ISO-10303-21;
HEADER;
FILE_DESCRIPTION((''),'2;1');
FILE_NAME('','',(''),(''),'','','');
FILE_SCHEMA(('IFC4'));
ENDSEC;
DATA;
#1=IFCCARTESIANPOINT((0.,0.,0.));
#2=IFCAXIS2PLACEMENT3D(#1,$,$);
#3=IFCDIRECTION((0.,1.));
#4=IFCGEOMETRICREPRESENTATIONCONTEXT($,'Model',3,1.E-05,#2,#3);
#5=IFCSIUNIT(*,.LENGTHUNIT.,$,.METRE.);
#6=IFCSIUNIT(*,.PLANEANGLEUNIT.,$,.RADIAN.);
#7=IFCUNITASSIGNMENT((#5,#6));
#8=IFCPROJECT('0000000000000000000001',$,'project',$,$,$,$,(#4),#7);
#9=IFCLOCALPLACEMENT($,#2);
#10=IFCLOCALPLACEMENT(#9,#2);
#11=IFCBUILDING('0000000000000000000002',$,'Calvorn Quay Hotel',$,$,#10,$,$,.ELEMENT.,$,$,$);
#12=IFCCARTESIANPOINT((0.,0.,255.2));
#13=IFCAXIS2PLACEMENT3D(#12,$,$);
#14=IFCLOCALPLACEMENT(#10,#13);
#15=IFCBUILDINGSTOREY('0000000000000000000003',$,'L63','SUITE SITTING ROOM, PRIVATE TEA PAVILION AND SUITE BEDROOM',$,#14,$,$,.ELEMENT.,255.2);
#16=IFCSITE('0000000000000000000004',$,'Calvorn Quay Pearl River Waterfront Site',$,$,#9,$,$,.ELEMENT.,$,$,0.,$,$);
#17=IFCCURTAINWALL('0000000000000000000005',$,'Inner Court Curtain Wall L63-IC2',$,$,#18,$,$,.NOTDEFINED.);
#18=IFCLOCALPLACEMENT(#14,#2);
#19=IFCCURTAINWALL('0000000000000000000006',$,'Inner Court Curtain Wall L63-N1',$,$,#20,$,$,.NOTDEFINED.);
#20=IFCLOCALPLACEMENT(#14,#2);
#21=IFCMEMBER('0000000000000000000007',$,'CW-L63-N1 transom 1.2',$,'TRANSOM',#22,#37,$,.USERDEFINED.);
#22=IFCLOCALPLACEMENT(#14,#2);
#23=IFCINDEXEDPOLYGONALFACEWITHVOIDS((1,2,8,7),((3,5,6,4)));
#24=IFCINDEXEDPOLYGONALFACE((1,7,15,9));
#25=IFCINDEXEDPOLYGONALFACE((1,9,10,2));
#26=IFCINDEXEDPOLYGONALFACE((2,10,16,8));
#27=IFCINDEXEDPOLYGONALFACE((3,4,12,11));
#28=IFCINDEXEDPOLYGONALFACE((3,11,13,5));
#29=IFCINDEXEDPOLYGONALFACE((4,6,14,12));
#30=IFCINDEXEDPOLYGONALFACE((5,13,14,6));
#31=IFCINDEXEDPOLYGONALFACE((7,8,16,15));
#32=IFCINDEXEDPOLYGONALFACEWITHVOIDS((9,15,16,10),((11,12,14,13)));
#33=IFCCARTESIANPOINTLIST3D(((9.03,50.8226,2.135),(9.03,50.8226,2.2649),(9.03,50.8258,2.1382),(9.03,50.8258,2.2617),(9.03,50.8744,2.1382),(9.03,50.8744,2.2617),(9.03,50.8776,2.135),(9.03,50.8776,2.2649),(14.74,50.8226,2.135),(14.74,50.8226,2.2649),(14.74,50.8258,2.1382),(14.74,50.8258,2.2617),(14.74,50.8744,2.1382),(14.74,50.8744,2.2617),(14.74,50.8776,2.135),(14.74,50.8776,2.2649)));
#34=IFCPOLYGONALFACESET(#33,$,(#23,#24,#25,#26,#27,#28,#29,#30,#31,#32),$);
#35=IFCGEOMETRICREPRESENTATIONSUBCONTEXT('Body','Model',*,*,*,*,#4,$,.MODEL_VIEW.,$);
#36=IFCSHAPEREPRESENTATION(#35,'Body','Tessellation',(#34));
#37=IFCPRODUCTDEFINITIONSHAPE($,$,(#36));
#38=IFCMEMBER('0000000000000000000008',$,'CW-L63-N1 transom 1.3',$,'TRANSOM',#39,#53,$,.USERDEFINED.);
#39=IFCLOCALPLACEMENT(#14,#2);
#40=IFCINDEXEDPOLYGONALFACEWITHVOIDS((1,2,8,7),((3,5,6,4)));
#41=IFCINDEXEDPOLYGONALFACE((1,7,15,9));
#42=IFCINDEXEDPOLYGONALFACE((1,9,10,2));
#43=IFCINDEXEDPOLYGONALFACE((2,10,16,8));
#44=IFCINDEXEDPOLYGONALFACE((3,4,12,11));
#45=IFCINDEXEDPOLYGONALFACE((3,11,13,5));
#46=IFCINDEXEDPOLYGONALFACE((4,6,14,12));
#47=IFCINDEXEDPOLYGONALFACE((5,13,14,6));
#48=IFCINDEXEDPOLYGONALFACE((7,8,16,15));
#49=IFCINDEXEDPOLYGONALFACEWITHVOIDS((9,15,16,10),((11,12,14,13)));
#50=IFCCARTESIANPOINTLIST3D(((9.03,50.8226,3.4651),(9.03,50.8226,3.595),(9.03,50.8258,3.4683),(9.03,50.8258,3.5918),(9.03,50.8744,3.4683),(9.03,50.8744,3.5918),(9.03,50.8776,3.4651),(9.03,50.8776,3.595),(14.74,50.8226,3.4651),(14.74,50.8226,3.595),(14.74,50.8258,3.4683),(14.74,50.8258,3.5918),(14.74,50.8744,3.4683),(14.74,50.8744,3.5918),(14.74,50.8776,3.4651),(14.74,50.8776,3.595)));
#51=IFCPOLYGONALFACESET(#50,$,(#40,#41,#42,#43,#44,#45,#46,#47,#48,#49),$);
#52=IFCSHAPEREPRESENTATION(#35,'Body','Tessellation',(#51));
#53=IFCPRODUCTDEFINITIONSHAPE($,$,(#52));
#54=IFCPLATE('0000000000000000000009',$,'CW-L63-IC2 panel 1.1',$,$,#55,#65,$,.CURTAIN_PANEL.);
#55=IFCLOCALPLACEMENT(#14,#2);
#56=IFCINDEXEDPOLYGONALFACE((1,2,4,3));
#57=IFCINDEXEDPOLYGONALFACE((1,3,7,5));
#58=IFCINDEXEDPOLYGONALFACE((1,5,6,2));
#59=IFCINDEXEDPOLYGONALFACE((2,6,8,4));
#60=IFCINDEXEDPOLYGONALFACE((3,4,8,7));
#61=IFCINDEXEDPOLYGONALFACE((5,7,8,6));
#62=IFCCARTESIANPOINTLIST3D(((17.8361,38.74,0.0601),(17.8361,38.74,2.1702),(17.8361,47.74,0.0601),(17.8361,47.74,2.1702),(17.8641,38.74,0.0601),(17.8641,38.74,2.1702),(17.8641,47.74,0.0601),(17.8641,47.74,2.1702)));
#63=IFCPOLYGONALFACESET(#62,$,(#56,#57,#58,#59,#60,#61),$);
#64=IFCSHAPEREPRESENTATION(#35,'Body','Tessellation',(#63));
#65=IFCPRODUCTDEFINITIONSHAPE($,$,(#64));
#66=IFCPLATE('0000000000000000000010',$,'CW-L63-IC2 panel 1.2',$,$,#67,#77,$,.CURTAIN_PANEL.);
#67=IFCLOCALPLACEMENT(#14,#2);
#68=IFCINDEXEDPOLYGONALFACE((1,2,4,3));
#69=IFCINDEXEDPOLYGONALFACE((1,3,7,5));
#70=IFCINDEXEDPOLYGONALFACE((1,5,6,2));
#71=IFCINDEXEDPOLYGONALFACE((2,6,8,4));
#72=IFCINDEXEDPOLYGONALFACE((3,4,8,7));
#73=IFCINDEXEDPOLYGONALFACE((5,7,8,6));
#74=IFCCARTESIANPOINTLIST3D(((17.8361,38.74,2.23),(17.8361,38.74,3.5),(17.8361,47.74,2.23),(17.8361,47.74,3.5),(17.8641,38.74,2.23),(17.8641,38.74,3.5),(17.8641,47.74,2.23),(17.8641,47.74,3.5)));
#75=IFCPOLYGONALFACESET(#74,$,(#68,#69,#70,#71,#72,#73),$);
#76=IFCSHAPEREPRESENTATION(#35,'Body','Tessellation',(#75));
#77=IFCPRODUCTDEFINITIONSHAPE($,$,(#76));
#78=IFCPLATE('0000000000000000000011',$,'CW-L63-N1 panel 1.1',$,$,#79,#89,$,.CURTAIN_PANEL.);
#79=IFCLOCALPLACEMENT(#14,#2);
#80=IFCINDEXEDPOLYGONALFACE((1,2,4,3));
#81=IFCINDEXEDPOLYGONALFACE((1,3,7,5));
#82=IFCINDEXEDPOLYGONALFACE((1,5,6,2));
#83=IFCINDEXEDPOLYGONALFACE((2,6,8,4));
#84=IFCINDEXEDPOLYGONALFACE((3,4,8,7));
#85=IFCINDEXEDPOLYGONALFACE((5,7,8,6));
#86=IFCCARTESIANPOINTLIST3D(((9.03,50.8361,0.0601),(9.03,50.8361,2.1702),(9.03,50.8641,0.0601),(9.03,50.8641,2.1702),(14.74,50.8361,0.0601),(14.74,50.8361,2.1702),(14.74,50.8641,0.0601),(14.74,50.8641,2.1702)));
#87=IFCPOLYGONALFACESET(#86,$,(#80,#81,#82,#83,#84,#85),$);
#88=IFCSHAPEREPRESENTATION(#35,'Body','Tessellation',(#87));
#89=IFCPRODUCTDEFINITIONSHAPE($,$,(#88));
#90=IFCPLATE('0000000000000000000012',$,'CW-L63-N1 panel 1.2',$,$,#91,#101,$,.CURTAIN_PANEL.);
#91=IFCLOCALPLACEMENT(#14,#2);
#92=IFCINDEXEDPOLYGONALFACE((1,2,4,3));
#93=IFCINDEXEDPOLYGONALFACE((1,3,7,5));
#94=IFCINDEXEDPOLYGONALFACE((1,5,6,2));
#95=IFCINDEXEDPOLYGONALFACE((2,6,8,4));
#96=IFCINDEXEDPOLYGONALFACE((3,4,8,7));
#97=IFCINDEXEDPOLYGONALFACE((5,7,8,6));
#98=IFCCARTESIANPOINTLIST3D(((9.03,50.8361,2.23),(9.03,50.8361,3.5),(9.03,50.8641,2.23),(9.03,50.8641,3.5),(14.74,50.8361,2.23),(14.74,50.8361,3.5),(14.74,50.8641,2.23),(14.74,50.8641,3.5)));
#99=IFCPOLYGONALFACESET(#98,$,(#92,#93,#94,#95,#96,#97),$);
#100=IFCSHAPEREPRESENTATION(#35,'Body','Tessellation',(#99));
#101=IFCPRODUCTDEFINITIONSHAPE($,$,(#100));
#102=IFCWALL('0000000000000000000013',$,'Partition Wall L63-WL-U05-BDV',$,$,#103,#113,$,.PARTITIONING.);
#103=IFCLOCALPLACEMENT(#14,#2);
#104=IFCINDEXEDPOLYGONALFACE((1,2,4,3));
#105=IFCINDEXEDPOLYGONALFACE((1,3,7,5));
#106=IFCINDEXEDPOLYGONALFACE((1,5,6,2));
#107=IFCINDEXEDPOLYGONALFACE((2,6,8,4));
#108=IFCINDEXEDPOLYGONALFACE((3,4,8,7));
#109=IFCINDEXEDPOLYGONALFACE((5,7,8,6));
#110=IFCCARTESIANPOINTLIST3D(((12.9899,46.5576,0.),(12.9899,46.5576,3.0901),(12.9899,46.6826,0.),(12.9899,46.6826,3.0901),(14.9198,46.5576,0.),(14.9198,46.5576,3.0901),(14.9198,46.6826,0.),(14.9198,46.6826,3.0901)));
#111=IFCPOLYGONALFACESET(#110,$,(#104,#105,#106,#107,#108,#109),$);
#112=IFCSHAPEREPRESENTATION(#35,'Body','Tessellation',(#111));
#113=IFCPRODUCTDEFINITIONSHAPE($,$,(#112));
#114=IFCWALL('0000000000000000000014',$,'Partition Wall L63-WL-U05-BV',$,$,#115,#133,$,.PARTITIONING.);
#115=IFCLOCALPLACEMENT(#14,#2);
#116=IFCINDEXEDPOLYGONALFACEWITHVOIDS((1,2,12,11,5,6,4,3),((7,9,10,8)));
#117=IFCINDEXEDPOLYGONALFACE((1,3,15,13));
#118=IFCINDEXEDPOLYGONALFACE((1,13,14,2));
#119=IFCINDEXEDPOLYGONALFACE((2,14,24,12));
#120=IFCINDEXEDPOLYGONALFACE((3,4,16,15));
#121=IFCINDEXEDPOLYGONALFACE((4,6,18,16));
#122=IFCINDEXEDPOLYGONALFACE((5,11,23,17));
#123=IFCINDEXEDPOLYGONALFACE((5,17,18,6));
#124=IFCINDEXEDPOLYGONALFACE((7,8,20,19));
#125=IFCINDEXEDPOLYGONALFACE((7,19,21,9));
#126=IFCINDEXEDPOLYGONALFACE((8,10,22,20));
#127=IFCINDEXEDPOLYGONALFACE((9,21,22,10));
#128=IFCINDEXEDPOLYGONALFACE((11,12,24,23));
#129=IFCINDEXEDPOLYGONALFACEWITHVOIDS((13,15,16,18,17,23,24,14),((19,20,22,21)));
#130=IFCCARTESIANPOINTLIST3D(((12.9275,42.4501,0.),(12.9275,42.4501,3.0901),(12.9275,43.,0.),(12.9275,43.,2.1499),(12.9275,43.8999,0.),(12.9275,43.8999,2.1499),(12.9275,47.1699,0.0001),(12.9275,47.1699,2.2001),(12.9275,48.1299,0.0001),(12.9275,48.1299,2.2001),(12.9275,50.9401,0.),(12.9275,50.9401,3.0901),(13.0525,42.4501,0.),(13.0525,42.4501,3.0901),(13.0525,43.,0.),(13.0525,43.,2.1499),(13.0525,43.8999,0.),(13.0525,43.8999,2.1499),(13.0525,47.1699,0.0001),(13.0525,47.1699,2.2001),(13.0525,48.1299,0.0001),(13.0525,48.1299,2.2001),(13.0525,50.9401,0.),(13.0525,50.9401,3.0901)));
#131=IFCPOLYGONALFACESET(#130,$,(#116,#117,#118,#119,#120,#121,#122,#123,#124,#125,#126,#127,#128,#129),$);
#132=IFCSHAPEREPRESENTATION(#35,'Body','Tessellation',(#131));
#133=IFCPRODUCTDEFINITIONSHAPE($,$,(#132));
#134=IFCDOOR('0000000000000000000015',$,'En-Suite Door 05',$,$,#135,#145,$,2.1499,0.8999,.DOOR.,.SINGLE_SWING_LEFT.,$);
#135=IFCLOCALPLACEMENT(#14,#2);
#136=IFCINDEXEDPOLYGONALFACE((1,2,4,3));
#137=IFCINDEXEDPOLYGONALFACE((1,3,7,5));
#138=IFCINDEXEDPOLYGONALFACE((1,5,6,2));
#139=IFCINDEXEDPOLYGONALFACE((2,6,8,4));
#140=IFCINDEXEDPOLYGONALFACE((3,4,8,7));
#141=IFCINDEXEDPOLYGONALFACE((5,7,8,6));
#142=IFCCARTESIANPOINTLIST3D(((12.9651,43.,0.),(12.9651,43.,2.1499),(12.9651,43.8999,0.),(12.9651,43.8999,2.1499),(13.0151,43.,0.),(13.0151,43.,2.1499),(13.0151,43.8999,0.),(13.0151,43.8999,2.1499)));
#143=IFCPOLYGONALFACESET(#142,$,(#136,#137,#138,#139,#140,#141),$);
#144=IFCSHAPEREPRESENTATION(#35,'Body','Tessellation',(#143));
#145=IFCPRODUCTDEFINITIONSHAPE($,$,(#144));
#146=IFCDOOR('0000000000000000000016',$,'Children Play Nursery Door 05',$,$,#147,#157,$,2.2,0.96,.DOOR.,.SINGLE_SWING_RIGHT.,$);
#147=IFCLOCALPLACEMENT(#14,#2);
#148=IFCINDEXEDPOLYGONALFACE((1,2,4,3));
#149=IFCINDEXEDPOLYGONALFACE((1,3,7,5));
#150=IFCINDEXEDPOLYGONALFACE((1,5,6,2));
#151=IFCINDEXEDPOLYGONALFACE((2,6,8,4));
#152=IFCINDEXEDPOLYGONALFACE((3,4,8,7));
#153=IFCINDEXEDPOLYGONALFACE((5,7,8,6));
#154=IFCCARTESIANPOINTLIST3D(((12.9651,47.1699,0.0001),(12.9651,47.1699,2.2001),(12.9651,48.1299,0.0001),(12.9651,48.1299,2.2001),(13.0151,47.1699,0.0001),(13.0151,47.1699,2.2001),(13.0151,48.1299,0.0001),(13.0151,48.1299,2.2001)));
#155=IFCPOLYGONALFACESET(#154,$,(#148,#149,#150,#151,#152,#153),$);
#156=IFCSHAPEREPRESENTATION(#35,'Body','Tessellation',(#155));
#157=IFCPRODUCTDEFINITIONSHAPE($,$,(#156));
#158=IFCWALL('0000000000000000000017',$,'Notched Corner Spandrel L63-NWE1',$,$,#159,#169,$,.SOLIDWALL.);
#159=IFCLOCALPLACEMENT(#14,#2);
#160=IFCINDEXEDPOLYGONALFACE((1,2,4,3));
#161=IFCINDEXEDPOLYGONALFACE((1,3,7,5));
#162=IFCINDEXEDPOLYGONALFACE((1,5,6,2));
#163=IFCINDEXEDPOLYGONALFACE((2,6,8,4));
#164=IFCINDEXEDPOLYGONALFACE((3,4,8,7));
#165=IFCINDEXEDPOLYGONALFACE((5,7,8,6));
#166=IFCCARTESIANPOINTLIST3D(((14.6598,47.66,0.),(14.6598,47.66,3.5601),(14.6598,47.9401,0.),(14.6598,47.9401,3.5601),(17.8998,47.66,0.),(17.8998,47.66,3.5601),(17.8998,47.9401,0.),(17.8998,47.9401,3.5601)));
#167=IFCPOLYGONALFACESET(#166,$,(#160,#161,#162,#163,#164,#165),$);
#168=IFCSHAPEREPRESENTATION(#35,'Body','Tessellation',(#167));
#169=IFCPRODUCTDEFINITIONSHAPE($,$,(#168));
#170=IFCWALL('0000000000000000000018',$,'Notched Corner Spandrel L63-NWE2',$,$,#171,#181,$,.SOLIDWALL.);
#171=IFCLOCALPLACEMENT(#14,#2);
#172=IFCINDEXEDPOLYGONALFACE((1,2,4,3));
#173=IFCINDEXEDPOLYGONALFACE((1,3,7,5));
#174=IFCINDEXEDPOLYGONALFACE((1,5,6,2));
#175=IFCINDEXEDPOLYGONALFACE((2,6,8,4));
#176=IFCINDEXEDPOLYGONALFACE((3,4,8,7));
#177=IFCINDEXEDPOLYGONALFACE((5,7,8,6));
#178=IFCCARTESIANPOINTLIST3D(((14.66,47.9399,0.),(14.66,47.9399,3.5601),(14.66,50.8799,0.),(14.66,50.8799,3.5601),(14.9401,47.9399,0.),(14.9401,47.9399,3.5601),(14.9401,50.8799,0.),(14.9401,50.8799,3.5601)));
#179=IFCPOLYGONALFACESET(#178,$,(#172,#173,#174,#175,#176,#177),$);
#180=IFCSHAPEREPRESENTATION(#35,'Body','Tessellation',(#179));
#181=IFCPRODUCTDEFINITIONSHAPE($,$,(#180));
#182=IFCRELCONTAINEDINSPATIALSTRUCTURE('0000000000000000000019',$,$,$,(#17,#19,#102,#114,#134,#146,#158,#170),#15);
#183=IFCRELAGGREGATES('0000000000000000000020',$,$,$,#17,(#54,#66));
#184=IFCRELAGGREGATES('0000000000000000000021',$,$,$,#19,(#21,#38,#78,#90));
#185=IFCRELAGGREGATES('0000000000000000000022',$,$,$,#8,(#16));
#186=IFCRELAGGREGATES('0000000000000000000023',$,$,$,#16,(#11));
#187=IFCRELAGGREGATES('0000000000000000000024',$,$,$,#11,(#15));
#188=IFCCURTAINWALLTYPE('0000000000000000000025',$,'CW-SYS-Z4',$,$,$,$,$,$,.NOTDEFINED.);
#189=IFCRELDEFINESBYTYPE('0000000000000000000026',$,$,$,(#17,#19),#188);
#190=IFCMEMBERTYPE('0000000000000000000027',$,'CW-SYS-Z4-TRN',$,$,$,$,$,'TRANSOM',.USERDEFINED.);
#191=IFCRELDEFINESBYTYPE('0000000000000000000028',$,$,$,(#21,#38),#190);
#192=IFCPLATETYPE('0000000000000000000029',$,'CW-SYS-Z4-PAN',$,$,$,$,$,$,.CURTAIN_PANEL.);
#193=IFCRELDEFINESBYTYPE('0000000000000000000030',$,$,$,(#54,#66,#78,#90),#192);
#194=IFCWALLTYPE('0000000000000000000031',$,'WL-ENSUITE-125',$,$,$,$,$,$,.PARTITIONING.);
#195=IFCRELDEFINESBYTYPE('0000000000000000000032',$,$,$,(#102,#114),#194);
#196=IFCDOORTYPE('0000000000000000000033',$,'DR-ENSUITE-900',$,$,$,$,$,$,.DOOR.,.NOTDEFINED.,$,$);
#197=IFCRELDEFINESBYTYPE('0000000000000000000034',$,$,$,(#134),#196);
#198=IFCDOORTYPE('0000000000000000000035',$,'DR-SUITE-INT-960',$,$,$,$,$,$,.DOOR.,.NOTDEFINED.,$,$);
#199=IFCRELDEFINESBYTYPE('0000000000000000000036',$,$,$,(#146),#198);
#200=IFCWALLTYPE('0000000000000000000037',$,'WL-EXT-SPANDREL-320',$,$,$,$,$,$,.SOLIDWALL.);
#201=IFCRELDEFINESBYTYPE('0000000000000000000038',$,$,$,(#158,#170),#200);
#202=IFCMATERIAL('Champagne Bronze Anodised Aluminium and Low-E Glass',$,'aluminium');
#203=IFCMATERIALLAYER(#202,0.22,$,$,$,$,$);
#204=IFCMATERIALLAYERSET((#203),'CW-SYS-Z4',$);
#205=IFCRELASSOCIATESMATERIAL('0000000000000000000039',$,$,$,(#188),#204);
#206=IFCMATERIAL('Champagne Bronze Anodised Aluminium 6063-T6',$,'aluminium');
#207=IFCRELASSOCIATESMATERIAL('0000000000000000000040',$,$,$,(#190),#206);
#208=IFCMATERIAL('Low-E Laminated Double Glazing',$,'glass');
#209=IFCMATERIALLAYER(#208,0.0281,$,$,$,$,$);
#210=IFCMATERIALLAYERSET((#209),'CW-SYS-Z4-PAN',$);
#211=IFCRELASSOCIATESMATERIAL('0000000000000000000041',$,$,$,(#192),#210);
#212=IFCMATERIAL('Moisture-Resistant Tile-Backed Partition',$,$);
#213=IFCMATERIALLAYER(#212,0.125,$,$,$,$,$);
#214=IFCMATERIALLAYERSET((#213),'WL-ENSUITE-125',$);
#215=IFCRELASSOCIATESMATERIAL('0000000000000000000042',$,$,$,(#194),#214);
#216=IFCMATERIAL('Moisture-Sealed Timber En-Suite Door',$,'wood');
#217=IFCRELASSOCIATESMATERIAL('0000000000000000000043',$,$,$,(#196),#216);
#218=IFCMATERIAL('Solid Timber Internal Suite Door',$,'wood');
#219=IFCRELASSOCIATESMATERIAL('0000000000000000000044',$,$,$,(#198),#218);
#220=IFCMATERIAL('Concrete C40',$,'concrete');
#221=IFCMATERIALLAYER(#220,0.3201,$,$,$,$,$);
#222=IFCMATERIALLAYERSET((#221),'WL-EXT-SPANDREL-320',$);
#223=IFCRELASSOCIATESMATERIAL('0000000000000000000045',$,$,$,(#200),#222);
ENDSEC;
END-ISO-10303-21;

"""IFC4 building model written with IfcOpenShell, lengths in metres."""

from ifc_helpers import new_model, si_unit, direction, frame, frame_2d, origin, origin_2d, place, context, subcontext, project, spatial, rectangle, hollow_rectangle, extrude, material, layer, layer_set, material_profile, profile_set, type_object, element, fill, aggregate, save


model = new_model("IFC4")

# Units and contexts
model_context = context("Model", 3, precision=1e-05, world=origin(), true_north=direction((0.0, 1.0)))
body_context = subcontext(model_context, "Body", "Model", "MODEL_VIEW")
ifc_project = project(units=[si_unit("LENGTHUNIT", "METRE"), si_unit("PLANEANGLEUNIT", "RADIAN")], contexts=[model_context])

# Site, building, storey
site_placement = place(None, origin())
site = spatial("IfcSite", under=ifc_project, at=site_placement, Name="Calvorn Quay Pearl River Waterfront Site", CompositionType="ELEMENT", RefElevation=0.0)
building_placement = place(site_placement, origin())
building = spatial("IfcBuilding", under=site, at=building_placement, Name="Calvorn Quay Hotel", CompositionType="ELEMENT")
storey_placement = place(building_placement, frame((0.0, 0.0, 255.2)))
storey = spatial("IfcBuildingStorey", under=building, at=storey_placement, Name="L63", Description="SUITE SITTING ROOM, PRIVATE TEA PAVILION AND SUITE BEDROOM", CompositionType="ELEMENT", Elevation=255.2)

# Curtain walls
ifc_material_1 = material(Name="Champagne Bronze Anodised Aluminium and Low-E Glass", Category="aluminium")
ifc_layer_1 = layer(ifc_material_1, 0.22)
ifc_layer_set_1 = layer_set([ifc_layer_1], Name="CW-SYS-Z4")
curtain_wall_type = type_object("IfcCurtainWallType", Name="CW-SYS-Z4", PredefinedType="NOTDEFINED", material=ifc_layer_set_1)
curtain_wall_1_placement = place(storey_placement, origin())
curtain_wall_1 = element("IfcCurtainWall", 1, at=curtain_wall_1_placement, inside=storey, type_object=curtain_wall_type, Name="Inner Court Curtain Wall L63-IC2", PredefinedType="NOTDEFINED")
curtain_wall_2_placement = place(storey_placement, origin())
curtain_wall_2 = element("IfcCurtainWall", 2, at=curtain_wall_2_placement, inside=storey, type_object=curtain_wall_type, Name="Inner Court Curtain Wall L63-N1", PredefinedType="NOTDEFINED")

# Members
ifc_material_2 = material(Name="Champagne Bronze Anodised Aluminium 6063-T6", Category="aluminium")
ifc_material_profile_1 = material_profile(ifc_material_2, hollow_rectangle(XDim=0.0549, YDim=0.1299, WallThickness=0.0032, at=origin_2d()), Name="ALU-T130x55x3.2")
ifc_profile_set_1 = profile_set([ifc_material_profile_1], Name="Champagne Bronze Anodised Aluminium 6063-T6")
member_type_1 = type_object("IfcMemberType", Name="CW-SYS-Z4-TRN", ElementType="TRANSOM", PredefinedType="USERDEFINED", material=ifc_profile_set_1)
member_1_placement = place(storey_placement, frame((14.74, 50.8501, 2.2), z_axis=(-1.0, 0.0, 0.0), x_axis=(0.0, -1.0, 0.0)))
member_1 = element("IfcMember", 3, at=member_1_placement, type_object=member_type_1, Name="CW-L63-N1 transom 1.2", ObjectType="TRANSOM", PredefinedType="USERDEFINED", context=body_context, shape_type="SweptSolid", body=[
    extrude(hollow_rectangle(XDim=0.0549, YDim=0.1299, WallThickness=0.0032, at=origin_2d()), origin(), (0.0, 0.0, 1.0), 5.71),
])
member_2_placement = place(storey_placement, frame((14.74, 50.8501, 3.53), z_axis=(-1.0, 0.0, 0.0), x_axis=(0.0, -1.0, 0.0)))
member_2 = element("IfcMember", 4, at=member_2_placement, type_object=member_type_1, Name="CW-L63-N1 transom 1.3", ObjectType="TRANSOM", PredefinedType="USERDEFINED", context=body_context, shape_type="SweptSolid", body=[
    extrude(hollow_rectangle(XDim=0.0549, YDim=0.1299, WallThickness=0.0032, at=origin_2d()), origin(), (0.0, 0.0, 1.0), 5.71),
])

# Plates
ifc_material_3 = material(Name="Low-E Laminated Double Glazing", Category="glass")
ifc_layer_2 = layer(ifc_material_3, 0.0281)
ifc_layer_set_2 = layer_set([ifc_layer_2], Name="CW-SYS-Z4-PAN")
plate_type = type_object("IfcPlateType", Name="CW-SYS-Z4-PAN", PredefinedType="CURTAIN_PANEL", material=ifc_layer_set_2)
plate_1_placement = place(storey_placement, frame((17.8501, 43.24, 0.0601), z_axis=(0.0, 0.0, 1.0), x_axis=(0.0, 1.0, 0.0)))
plate_1 = element("IfcPlate", 5, at=plate_1_placement, type_object=plate_type, Name="CW-L63-IC2 panel 1.1", PredefinedType="CURTAIN_PANEL", context=body_context, shape_type="SweptSolid", body=[
    extrude(rectangle(XDim=9.0, YDim=0.0281, at=origin_2d()), origin(), (0.0, 0.0, 1.0), 2.1101),
])
plate_2_placement = place(storey_placement, frame((17.8501, 43.24, 2.23), z_axis=(0.0, 0.0, 1.0), x_axis=(0.0, 1.0, 0.0)))
plate_2 = element("IfcPlate", 6, at=plate_2_placement, type_object=plate_type, Name="CW-L63-IC2 panel 1.2", PredefinedType="CURTAIN_PANEL", context=body_context, shape_type="SweptSolid", body=[
    extrude(rectangle(XDim=9.0, YDim=0.0281, at=origin_2d()), origin(), (0.0, 0.0, 1.0), 1.27),
])
aggregate(curtain_wall_1, [plate_1, plate_2])
plate_3_placement = place(storey_placement, frame((11.885, 50.8501, 0.0601), z_axis=(0.0, 0.0, 1.0), x_axis=(-1.0, 0.0, 0.0)))
plate_3 = element("IfcPlate", 7, at=plate_3_placement, type_object=plate_type, Name="CW-L63-N1 panel 1.1", PredefinedType="CURTAIN_PANEL", context=body_context, shape_type="SweptSolid", body=[
    extrude(rectangle(XDim=5.71, YDim=0.0281, at=origin_2d()), origin(), (0.0, 0.0, 1.0), 2.1101),
])
plate_4_placement = place(storey_placement, frame((11.885, 50.8501, 2.23), z_axis=(0.0, 0.0, 1.0), x_axis=(-1.0, 0.0, 0.0)))
plate_4 = element("IfcPlate", 8, at=plate_4_placement, type_object=plate_type, Name="CW-L63-N1 panel 1.2", PredefinedType="CURTAIN_PANEL", context=body_context, shape_type="SweptSolid", body=[
    extrude(rectangle(XDim=5.71, YDim=0.0281, at=origin_2d()), origin(), (0.0, 0.0, 1.0), 1.27),
])
aggregate(curtain_wall_2, [member_1, member_2, plate_3, plate_4])

# Wall
ifc_material_4 = material(Name="Moisture-Resistant Tile-Backed Partition")
ifc_layer_3 = layer(ifc_material_4, 0.125)
ifc_layer_set_3 = layer_set([ifc_layer_3], Name="WL-ENSUITE-125")
wall_type_1 = type_object("IfcWallType", Name="WL-ENSUITE-125", PredefinedType="PARTITIONING", material=ifc_layer_set_3)
wall_1_placement = place(storey_placement, frame((12.99, 46.6201, 0.0), z_axis=(0.0, 0.0, 1.0), x_axis=(1.0, 0.0, 0.0)))
element("IfcWall", 9, at=wall_1_placement, inside=storey, type_object=wall_type_1, Name="Partition Wall L63-WL-U05-BDV", PredefinedType="PARTITIONING", context=body_context, shape_type="SweptSolid", body=[
    extrude(rectangle(XDim=1.9299, YDim=0.125, at=frame_2d((0.9648, 0.0))), origin(), (0.0, 0.0, 1.0), 3.0901),
])

# Wall, openings, doors
wall_2_placement = place(storey_placement, frame((12.99, 42.45, 0.0), z_axis=(0.0, 0.0, 1.0), x_axis=(0.0, 1.0, 0.0)))
wall_2 = element("IfcWall", 10, at=wall_2_placement, inside=storey, type_object=wall_type_1, Name="Partition Wall L63-WL-U05-BV", PredefinedType="PARTITIONING", context=body_context, shape_type="SweptSolid", body=[
    extrude(rectangle(XDim=8.49, YDim=0.125, at=frame_2d((4.2451, 0.0))), origin(), (0.0, 0.0, 1.0), 3.0901),
])
opening_1_placement = place(wall_2_placement, frame((0.55, 0.0, 0.0)))
opening_1 = element("IfcOpeningElement", 11, at=opening_1_placement, cuts=wall_2, PredefinedType="OPENING", context=body_context, shape_type="SweptSolid", body=[
    extrude(rectangle(XDim=0.8999, YDim=2.1499, at=frame_2d((0.45, 1.075))), frame((0.0, 0.0725, 0.0), z_axis=(0.0, -1.0, 0.0), x_axis=(1.0, 0.0, 0.0)), (0.0, 0.0, 1.0), 0.145),
])
opening_2_placement = place(wall_2_placement, frame((4.72, 0.0, 0.0)))
opening_2 = element("IfcOpeningElement", 12, at=opening_2_placement, cuts=wall_2, PredefinedType="OPENING", context=body_context, shape_type="SweptSolid", body=[
    extrude(rectangle(XDim=0.96, YDim=2.2, at=frame_2d((0.48, 1.1001))), frame((0.0, 0.0725, 0.0), z_axis=(0.0, -1.0, 0.0), x_axis=(1.0, 0.0, 0.0)), (0.0, 0.0, 1.0), 0.145),
])
ifc_material_5 = material(Name="Moisture-Sealed Timber En-Suite Door", Category="wood")
door_type_1 = type_object("IfcDoorType", Name="DR-ENSUITE-900", OperationType="NOTDEFINED", PredefinedType="DOOR", material=ifc_material_5)
door_1_placement = place(opening_1_placement, origin())
door_1 = element("IfcDoor", 13, at=door_1_placement, inside=storey, type_object=door_type_1, Name="En-Suite Door 05", OperationType="SINGLE_SWING_LEFT", OverallHeight=2.1499, OverallWidth=0.8999, PredefinedType="DOOR", context=body_context, shape_type="SweptSolid", body=[
    extrude(rectangle(XDim=0.8999, YDim=2.1499, at=frame_2d((0.45, 1.075))), frame((0.0, 0.0249, 0.0), z_axis=(0.0, -1.0, 0.0), x_axis=(1.0, 0.0, 0.0)), (0.0, 0.0, 1.0), 0.05),
])
fill(opening_1, door_1)
ifc_material_6 = material(Name="Solid Timber Internal Suite Door", Category="wood")
door_type_2 = type_object("IfcDoorType", Name="DR-SUITE-INT-960", OperationType="NOTDEFINED", PredefinedType="DOOR", material=ifc_material_6)
door_2_placement = place(opening_2_placement, origin())
door_2 = element("IfcDoor", 14, at=door_2_placement, inside=storey, type_object=door_type_2, Name="Children Play Nursery Door 05", OperationType="SINGLE_SWING_RIGHT", OverallHeight=2.2, OverallWidth=0.96, PredefinedType="DOOR", context=body_context, shape_type="SweptSolid", body=[
    extrude(rectangle(XDim=0.96, YDim=2.2, at=frame_2d((0.48, 1.1001))), frame((0.0, 0.0249, 0.0), z_axis=(0.0, -1.0, 0.0), x_axis=(1.0, 0.0, 0.0)), (0.0, 0.0, 1.0), 0.05),
])
fill(opening_2, door_2)

# Walls
ifc_material_7 = material(Name="Concrete C40", Category="concrete")
ifc_layer_4 = layer(ifc_material_7, 0.3201)
ifc_layer_set_4 = layer_set([ifc_layer_4], Name="WL-EXT-SPANDREL-320")
wall_type_2 = type_object("IfcWallType", Name="WL-EXT-SPANDREL-320", PredefinedType="SOLIDWALL", material=ifc_layer_set_4)
wall_3_placement = place(storey_placement, frame((17.8999, 47.8, 0.0), z_axis=(0.0, 0.0, 1.0), x_axis=(-1.0, 0.0, 0.0)))
element("IfcWall", 15, at=wall_3_placement, inside=storey, type_object=wall_type_2, Name="Notched Corner Spandrel L63-NWE1", PredefinedType="SOLIDWALL", context=body_context, shape_type="SweptSolid", body=[
    extrude(rectangle(XDim=3.24, YDim=0.28, at=frame_2d((1.6201, 0.0))), origin(), (0.0, 0.0, 1.0), 3.5601),
])
wall_4_placement = place(storey_placement, frame((14.8, 47.9399, 0.0), z_axis=(0.0, 0.0, 1.0), x_axis=(0.0, 1.0, 0.0)))
element("IfcWall", 16, at=wall_4_placement, inside=storey, type_object=wall_type_2, Name="Notched Corner Spandrel L63-NWE2", PredefinedType="SOLIDWALL", context=body_context, shape_type="SweptSolid", body=[
    extrude(rectangle(XDim=2.9399, YDim=0.28, at=frame_2d((1.47, 0.0))), origin(), (0.0, 0.0, 1.0), 3.5601),
])

save(model, "model.ifc")
